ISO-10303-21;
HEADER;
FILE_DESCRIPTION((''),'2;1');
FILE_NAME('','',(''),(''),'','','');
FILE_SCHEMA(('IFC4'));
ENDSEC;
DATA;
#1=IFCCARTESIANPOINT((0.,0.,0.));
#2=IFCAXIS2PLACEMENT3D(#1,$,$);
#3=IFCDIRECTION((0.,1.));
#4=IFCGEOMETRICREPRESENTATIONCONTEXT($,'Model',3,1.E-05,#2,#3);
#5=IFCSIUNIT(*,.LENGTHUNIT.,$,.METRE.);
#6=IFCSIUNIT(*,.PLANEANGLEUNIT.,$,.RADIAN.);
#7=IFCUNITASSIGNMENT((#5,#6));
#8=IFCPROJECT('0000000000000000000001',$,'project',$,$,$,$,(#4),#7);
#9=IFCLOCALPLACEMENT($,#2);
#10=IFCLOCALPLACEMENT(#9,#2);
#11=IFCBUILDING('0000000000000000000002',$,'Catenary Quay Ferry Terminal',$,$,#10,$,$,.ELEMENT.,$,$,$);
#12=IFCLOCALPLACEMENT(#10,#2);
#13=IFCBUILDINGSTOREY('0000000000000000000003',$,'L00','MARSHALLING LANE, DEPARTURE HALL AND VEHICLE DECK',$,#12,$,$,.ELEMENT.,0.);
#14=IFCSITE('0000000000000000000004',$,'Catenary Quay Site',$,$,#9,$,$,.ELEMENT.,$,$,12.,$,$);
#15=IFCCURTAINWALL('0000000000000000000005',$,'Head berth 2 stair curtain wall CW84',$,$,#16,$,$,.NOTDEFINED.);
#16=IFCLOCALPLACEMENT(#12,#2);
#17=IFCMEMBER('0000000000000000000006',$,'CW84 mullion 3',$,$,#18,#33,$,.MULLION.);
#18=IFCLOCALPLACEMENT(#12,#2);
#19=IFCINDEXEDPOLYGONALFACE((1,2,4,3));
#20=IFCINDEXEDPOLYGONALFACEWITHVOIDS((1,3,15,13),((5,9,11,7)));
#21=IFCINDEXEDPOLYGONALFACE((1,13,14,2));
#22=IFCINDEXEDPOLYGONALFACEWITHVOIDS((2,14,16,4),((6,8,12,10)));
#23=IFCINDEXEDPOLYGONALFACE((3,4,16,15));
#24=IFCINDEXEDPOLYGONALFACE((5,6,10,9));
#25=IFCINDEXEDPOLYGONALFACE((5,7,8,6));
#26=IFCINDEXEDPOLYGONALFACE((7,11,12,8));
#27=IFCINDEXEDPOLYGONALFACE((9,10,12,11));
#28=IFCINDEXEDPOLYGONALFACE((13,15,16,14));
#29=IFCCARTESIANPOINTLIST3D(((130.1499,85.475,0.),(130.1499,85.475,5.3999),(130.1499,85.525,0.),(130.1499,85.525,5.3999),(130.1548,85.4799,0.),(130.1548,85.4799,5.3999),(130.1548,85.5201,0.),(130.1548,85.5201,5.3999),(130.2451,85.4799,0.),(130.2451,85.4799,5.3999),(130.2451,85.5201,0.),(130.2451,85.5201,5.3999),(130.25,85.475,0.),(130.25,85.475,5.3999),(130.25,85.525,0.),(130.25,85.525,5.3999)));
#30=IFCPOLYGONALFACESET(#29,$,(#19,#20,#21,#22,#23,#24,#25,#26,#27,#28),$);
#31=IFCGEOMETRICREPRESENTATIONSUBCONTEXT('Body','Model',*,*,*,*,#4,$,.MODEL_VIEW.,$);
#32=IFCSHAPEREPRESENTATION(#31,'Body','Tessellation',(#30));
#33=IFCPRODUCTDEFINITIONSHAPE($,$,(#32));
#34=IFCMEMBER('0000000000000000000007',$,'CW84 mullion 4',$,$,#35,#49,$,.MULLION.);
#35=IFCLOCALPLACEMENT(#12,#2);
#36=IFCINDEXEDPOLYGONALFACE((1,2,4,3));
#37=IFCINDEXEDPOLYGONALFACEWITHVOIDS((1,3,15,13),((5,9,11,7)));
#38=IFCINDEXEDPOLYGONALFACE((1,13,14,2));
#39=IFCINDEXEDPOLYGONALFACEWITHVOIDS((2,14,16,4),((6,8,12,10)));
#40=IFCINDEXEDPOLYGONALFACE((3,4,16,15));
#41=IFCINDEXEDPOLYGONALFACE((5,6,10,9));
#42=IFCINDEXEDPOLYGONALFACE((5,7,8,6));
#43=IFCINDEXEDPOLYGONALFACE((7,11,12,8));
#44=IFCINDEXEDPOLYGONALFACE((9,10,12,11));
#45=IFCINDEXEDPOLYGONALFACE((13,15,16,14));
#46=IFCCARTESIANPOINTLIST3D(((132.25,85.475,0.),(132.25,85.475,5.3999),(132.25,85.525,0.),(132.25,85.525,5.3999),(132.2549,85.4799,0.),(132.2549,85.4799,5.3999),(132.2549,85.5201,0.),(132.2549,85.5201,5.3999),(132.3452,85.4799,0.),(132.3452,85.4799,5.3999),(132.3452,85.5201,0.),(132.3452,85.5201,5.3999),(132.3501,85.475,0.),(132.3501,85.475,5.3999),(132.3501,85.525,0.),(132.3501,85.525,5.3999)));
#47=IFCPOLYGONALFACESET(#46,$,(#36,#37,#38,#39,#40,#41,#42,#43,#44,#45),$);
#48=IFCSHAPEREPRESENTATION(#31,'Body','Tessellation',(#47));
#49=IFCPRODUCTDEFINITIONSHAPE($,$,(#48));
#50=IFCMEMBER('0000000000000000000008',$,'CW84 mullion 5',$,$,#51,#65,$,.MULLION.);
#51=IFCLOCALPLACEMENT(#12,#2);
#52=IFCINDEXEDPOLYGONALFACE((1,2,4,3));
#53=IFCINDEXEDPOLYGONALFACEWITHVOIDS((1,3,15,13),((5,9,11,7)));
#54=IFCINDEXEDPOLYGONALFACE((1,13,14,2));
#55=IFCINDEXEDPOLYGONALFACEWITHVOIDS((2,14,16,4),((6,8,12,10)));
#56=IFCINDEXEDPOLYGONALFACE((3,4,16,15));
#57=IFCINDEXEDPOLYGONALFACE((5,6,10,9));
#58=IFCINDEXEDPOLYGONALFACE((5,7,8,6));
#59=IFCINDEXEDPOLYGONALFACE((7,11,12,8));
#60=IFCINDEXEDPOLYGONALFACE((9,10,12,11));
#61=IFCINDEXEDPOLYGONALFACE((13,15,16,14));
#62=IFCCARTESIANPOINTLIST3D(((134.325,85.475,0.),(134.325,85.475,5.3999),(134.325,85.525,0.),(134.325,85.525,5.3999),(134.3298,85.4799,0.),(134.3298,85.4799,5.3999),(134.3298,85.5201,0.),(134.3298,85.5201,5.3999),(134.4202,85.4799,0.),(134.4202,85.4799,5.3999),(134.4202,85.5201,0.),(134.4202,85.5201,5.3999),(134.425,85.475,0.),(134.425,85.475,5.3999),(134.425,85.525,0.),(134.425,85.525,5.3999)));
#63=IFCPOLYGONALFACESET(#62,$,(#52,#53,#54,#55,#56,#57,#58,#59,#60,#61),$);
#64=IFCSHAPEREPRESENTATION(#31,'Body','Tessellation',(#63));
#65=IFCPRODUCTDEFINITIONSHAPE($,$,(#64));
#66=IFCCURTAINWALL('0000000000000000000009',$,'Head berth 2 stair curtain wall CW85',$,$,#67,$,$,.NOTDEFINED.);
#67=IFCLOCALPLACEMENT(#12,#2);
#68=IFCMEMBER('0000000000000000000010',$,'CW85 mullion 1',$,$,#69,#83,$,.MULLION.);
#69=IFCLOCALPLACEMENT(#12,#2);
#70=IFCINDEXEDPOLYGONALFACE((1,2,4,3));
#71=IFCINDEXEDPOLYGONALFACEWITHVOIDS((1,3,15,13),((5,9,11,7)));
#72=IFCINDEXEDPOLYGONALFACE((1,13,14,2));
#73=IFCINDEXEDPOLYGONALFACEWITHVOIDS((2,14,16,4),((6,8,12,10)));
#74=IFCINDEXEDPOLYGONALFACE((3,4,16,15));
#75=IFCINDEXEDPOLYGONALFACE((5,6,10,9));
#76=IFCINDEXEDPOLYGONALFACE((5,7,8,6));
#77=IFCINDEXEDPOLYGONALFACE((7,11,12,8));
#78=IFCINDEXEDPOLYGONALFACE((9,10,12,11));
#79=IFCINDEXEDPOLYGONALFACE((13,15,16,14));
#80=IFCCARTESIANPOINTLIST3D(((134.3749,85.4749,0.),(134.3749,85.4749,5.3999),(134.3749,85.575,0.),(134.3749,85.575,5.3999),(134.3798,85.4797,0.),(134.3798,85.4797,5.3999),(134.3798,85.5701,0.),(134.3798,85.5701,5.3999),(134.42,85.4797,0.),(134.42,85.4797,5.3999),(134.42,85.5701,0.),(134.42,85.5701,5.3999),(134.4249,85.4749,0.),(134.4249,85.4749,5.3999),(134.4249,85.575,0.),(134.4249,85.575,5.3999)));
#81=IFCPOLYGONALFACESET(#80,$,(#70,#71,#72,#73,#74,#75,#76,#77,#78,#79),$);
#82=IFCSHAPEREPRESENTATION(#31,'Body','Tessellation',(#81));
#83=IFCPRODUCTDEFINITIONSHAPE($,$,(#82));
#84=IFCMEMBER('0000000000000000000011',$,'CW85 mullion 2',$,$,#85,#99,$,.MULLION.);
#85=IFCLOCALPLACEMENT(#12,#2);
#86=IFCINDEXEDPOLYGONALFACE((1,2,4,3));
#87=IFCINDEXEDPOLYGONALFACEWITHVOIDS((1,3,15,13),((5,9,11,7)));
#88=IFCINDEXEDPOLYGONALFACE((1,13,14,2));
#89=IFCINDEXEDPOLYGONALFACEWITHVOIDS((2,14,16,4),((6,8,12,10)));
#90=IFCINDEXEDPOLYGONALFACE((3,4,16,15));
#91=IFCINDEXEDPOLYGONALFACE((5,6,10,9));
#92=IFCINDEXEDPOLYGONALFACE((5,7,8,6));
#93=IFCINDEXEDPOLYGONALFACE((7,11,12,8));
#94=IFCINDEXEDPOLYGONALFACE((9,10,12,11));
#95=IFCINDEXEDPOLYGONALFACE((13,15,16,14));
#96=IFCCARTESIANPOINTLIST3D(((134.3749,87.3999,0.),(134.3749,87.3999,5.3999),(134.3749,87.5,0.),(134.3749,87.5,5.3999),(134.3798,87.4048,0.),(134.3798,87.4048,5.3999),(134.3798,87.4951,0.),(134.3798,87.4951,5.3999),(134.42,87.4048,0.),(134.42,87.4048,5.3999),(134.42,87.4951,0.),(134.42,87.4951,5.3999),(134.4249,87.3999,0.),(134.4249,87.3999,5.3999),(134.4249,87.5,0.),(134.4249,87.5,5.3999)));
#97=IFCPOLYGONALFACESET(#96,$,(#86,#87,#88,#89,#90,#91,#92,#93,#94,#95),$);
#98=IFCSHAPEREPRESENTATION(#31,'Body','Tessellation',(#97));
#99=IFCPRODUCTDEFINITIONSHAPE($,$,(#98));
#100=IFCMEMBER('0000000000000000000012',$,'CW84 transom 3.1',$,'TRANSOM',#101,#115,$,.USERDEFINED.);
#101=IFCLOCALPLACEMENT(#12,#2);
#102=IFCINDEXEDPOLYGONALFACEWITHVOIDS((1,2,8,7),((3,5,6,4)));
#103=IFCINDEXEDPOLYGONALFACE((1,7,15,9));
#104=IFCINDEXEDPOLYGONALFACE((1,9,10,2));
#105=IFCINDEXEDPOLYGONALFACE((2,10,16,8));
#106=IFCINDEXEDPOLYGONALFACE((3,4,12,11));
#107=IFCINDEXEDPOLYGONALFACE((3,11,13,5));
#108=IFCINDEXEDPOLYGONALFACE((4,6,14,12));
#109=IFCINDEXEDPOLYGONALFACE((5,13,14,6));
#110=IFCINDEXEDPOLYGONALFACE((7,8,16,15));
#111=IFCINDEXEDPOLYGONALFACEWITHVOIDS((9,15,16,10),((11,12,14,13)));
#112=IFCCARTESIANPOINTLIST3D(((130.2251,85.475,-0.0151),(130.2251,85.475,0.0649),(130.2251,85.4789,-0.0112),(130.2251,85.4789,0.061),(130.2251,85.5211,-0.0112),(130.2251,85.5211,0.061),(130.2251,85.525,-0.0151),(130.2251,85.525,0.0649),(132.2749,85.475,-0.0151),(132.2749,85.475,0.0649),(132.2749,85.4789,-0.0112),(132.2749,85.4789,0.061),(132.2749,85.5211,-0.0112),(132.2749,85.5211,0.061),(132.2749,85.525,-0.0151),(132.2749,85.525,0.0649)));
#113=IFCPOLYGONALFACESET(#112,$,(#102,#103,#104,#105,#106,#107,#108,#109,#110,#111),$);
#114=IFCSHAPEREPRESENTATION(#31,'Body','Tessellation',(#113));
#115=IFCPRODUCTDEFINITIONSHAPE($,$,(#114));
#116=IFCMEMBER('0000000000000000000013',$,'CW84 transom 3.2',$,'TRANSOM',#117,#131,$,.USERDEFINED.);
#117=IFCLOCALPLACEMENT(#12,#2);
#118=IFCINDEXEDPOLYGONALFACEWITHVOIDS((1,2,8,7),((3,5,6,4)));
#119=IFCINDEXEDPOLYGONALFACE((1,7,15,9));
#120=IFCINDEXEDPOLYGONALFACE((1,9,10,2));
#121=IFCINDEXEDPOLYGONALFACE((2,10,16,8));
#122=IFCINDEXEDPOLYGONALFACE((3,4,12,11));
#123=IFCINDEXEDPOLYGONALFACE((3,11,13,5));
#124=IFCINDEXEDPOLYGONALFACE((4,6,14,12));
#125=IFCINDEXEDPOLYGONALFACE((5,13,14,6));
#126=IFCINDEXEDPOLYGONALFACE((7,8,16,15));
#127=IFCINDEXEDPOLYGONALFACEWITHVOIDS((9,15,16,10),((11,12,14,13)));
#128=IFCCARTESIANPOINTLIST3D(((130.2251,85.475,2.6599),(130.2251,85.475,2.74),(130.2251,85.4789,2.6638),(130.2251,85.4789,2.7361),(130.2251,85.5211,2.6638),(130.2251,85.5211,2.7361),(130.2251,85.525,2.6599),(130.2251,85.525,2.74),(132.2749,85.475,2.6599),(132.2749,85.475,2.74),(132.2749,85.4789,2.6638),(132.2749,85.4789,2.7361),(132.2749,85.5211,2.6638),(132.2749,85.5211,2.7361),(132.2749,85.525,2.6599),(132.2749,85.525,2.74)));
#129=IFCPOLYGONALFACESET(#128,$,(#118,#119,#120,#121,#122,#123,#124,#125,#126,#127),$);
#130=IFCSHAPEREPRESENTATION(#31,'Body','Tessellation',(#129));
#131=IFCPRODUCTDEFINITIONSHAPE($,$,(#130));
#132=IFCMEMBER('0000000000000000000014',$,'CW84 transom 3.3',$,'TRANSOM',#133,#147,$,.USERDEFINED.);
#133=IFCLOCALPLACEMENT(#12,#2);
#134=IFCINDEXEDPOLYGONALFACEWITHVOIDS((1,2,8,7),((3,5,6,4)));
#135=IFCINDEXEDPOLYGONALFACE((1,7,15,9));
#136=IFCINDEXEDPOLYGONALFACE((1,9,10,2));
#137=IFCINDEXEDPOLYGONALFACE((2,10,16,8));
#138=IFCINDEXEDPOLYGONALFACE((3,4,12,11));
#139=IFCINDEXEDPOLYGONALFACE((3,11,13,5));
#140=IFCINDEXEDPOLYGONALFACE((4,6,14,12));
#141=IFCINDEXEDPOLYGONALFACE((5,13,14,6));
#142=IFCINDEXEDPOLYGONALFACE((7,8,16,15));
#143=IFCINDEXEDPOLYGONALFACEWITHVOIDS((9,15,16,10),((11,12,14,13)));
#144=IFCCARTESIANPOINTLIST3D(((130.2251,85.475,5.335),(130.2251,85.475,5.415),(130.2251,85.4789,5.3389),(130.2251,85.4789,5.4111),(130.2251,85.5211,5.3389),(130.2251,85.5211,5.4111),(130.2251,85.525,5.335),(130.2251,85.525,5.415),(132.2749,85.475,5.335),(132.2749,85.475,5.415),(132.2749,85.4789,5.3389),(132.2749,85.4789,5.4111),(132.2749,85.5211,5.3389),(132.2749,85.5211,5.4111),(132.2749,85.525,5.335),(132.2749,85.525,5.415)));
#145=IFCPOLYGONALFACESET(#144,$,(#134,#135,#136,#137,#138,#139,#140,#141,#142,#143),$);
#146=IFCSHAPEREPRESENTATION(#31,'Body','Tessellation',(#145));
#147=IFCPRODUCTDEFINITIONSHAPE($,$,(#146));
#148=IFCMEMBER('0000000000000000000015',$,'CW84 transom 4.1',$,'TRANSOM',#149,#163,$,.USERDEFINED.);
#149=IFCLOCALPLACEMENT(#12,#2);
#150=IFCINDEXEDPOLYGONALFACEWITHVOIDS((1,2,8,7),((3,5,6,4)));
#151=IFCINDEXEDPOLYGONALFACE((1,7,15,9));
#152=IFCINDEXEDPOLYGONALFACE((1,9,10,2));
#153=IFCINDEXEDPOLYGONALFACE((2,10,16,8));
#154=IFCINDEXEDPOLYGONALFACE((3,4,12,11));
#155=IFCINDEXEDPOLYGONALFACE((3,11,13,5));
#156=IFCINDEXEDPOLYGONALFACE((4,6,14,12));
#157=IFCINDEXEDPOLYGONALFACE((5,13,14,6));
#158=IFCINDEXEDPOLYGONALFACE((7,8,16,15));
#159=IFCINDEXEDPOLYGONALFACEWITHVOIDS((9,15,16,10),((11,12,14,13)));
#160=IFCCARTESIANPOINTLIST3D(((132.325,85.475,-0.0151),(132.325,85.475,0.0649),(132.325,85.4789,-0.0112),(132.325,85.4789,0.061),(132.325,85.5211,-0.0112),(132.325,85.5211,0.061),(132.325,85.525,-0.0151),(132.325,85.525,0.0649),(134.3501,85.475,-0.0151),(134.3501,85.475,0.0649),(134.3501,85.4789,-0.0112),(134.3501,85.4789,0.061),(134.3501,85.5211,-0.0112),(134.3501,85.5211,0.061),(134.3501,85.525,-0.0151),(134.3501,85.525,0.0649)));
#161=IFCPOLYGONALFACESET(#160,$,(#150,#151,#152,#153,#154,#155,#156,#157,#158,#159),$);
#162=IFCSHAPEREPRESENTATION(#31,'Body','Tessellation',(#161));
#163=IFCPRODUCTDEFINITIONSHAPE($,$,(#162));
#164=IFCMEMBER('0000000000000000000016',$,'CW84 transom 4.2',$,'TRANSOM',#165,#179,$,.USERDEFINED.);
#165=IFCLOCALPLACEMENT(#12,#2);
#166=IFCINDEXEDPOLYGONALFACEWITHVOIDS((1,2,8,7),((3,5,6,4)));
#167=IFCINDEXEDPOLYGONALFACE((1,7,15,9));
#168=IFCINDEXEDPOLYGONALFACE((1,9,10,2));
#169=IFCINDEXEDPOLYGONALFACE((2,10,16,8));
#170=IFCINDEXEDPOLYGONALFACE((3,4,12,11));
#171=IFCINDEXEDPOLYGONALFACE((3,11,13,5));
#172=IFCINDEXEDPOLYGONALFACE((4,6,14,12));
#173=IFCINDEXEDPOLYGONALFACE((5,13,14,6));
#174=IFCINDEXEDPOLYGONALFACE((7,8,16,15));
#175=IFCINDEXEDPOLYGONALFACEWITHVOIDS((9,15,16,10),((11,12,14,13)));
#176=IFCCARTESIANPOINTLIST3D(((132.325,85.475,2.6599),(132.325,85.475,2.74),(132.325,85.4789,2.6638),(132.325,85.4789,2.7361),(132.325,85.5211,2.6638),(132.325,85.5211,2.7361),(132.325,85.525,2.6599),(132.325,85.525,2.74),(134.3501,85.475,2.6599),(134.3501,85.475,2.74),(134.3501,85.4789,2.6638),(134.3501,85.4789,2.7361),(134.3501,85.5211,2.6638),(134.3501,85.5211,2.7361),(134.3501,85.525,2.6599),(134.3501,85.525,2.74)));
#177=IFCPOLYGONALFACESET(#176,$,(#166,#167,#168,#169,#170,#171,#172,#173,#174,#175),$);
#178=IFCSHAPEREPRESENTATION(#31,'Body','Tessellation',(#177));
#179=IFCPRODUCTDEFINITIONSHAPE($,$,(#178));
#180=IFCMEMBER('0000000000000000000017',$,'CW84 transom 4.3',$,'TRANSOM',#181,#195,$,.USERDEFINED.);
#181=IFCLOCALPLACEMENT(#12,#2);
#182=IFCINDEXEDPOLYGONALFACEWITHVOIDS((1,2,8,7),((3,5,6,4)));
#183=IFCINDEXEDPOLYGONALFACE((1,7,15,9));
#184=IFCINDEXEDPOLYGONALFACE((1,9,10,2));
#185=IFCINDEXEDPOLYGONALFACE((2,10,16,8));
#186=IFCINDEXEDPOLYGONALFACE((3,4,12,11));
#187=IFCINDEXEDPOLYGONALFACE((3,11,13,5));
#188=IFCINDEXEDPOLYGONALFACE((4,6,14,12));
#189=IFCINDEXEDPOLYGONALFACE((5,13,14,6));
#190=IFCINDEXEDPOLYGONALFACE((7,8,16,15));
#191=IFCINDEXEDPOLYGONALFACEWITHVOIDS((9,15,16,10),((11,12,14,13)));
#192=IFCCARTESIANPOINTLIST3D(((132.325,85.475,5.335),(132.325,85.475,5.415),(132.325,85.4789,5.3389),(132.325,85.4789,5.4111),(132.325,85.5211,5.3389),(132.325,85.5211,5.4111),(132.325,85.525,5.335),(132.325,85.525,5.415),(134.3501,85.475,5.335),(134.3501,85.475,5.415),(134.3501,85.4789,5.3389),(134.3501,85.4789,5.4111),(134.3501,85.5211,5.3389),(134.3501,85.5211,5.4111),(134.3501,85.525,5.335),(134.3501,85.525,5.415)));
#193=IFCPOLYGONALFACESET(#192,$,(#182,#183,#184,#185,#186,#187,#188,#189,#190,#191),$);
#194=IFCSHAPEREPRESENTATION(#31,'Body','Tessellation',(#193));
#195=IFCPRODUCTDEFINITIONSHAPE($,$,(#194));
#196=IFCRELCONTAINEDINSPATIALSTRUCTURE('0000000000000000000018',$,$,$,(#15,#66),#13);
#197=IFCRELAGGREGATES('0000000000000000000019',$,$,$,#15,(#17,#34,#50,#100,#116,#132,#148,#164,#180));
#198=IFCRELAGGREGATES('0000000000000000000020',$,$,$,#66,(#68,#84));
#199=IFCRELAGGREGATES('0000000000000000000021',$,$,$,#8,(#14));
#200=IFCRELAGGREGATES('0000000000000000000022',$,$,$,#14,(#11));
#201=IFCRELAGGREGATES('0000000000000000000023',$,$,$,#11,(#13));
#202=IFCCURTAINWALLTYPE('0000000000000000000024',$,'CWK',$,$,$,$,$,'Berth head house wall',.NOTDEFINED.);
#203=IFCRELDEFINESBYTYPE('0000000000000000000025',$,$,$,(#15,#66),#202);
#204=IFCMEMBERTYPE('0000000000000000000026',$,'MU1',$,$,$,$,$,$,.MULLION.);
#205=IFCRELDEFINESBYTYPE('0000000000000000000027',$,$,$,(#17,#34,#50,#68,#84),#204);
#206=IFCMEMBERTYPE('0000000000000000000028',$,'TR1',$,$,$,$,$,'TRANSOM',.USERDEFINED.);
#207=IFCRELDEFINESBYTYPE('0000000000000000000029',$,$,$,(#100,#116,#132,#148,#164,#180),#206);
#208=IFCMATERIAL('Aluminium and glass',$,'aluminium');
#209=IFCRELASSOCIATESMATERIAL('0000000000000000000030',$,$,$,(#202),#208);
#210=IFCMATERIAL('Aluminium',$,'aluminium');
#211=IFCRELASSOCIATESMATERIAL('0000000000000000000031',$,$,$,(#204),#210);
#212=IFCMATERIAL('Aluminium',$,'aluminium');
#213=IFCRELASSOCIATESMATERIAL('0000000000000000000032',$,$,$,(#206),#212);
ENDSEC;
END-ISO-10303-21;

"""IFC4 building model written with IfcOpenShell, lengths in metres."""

from ifc_helpers import new_model, si_unit, direction, frame, origin, origin_2d, place, context, subcontext, project, spatial, hollow_rectangle, extrude, material, material_profile, profile_set, type_object, element, aggregate, save


model = new_model("IFC4")

# Units and contexts
model_context = context("Model", 3, precision=1e-05, world=origin(), true_north=direction((0.0, 1.0)))
body_context = subcontext(model_context, "Body", "Model", "MODEL_VIEW")
ifc_project = project(units=[si_unit("LENGTHUNIT", "METRE"), si_unit("PLANEANGLEUNIT", "RADIAN")], contexts=[model_context])

# Site, building, storey
site_placement = place(None, origin())
site = spatial("IfcSite", under=ifc_project, at=site_placement, Name="Catenary Quay Site", CompositionType="ELEMENT", RefElevation=12.0)
building_placement = place(site_placement, origin())
building = spatial("IfcBuilding", under=site, at=building_placement, Name="Catenary Quay Ferry Terminal", CompositionType="ELEMENT")
storey_placement = place(building_placement, origin())
storey = spatial("IfcBuildingStorey", under=building, at=storey_placement, Name="L00", Description="MARSHALLING LANE, DEPARTURE HALL AND VEHICLE DECK", CompositionType="ELEMENT", Elevation=0.0)

# Curtain walls, members
ifc_material_1 = material(Name="Aluminium and glass", Category="aluminium")
curtain_wall_type = type_object("IfcCurtainWallType", Name="CWK", ElementType="Berth head house wall", PredefinedType="NOTDEFINED", material=ifc_material_1)
curtain_wall_1_placement = place(storey_placement, origin())
curtain_wall_1 = element("IfcCurtainWall", 1, at=curtain_wall_1_placement, inside=storey, type_object=curtain_wall_type, Name="Head berth 2 stair curtain wall CW84", PredefinedType="NOTDEFINED")
ifc_material_2 = material(Name="Aluminium", Category="aluminium")
ifc_material_profile_1 = material_profile(ifc_material_2, hollow_rectangle(XDim=0.05, YDim=0.1001, WallThickness=0.0049, at=origin_2d()), Name="MU1")
ifc_profile_set_1 = profile_set([ifc_material_profile_1], Name="Aluminium")
member_type_1 = type_object("IfcMemberType", Name="MU1", PredefinedType="MULLION", material=ifc_profile_set_1)
member_1_placement = place(storey_placement, frame((130.2, 85.5, 0.0), z_axis=(0.0, 0.0, 1.0), x_axis=(0.0, 1.0, 0.0)))
member_1 = element("IfcMember", 2, at=member_1_placement, type_object=member_type_1, Name="CW84 mullion 3", PredefinedType="MULLION", context=body_context, shape_type="SweptSolid", body=[
    extrude(hollow_rectangle(XDim=0.05, YDim=0.1001, WallThickness=0.0049, at=origin_2d()), origin(), (0.0, 0.0, 1.0), 5.3999),
])
member_2_placement = place(storey_placement, frame((132.3, 85.5, 0.0), z_axis=(0.0, 0.0, 1.0), x_axis=(0.0, 1.0, 0.0)))
member_2 = element("IfcMember", 3, at=member_2_placement, type_object=member_type_1, Name="CW84 mullion 4", PredefinedType="MULLION", context=body_context, shape_type="SweptSolid", body=[
    extrude(hollow_rectangle(XDim=0.05, YDim=0.1001, WallThickness=0.0049, at=origin_2d()), origin(), (0.0, 0.0, 1.0), 5.3999),
])
member_3_placement = place(storey_placement, frame((134.375, 85.5, 0.0), z_axis=(0.0, 0.0, 1.0), x_axis=(0.0, 1.0, 0.0)))
member_3 = element("IfcMember", 4, at=member_3_placement, type_object=member_type_1, Name="CW84 mullion 5", PredefinedType="MULLION", context=body_context, shape_type="SweptSolid", body=[
    extrude(hollow_rectangle(XDim=0.05, YDim=0.1001, WallThickness=0.0049, at=origin_2d()), origin(), (0.0, 0.0, 1.0), 5.3999),
])
curtain_wall_2_placement = place(storey_placement, origin())
curtain_wall_2 = element("IfcCurtainWall", 5, at=curtain_wall_2_placement, inside=storey, type_object=curtain_wall_type, Name="Head berth 2 stair curtain wall CW85", PredefinedType="NOTDEFINED")
member_4_placement = place(storey_placement, frame((134.3999, 85.5249, 0.0), z_axis=(0.0, 0.0, 1.0), x_axis=(-1.0, 0.0, 0.0)))
member_4 = element("IfcMember", 6, at=member_4_placement, type_object=member_type_1, Name="CW85 mullion 1", PredefinedType="MULLION", context=body_context, shape_type="SweptSolid", body=[
    extrude(hollow_rectangle(XDim=0.05, YDim=0.1001, WallThickness=0.0049, at=origin_2d()), origin(), (0.0, 0.0, 1.0), 5.3999),
])
member_5_placement = place(storey_placement, frame((134.3999, 87.45, 0.0), z_axis=(0.0, 0.0, 1.0), x_axis=(-1.0, 0.0, 0.0)))
member_5 = element("IfcMember", 7, at=member_5_placement, type_object=member_type_1, Name="CW85 mullion 2", PredefinedType="MULLION", context=body_context, shape_type="SweptSolid", body=[
    extrude(hollow_rectangle(XDim=0.05, YDim=0.1001, WallThickness=0.0049, at=origin_2d()), origin(), (0.0, 0.0, 1.0), 5.3999),
])

# Members
ifc_material_3 = material(Name="Aluminium", Category="aluminium")
ifc_material_profile_2 = material_profile(ifc_material_3, hollow_rectangle(XDim=0.05, YDim=0.0801, WallThickness=0.0039, at=origin_2d()), Name="TR1")
ifc_profile_set_2 = profile_set([ifc_material_profile_2], Name="Aluminium")
member_type_2 = type_object("IfcMemberType", Name="TR1", ElementType="TRANSOM", PredefinedType="USERDEFINED", material=ifc_profile_set_2)
member_6_placement = place(storey_placement, frame((130.2251, 85.5, 0.0249), z_axis=(1.0, 0.0, 0.0), x_axis=(0.0, 1.0, 0.0)))
member_6 = element("IfcMember", 8, at=member_6_placement, type_object=member_type_2, Name="CW84 transom 3.1", ObjectType="TRANSOM", PredefinedType="USERDEFINED", context=body_context, shape_type="SweptSolid", body=[
    extrude(hollow_rectangle(XDim=0.05, YDim=0.0801, WallThickness=0.0039, at=origin_2d()), origin(), (0.0, 0.0, 1.0), 2.0498),
])
member_7_placement = place(storey_placement, frame((130.2251, 85.5, 2.7), z_axis=(1.0, 0.0, 0.0), x_axis=(0.0, 1.0, 0.0)))
member_7 = element("IfcMember", 9, at=member_7_placement, type_object=member_type_2, Name="CW84 transom 3.2", ObjectType="TRANSOM", PredefinedType="USERDEFINED", context=body_context, shape_type="SweptSolid", body=[
    extrude(hollow_rectangle(XDim=0.05, YDim=0.0801, WallThickness=0.0039, at=origin_2d()), origin(), (0.0, 0.0, 1.0), 2.0498),
])
member_8_placement = place(storey_placement, frame((130.2251, 85.5, 5.375), z_axis=(1.0, 0.0, 0.0), x_axis=(0.0, 1.0, 0.0)))
member_8 = element("IfcMember", 10, at=member_8_placement, type_object=member_type_2, Name="CW84 transom 3.3", ObjectType="TRANSOM", PredefinedType="USERDEFINED", context=body_context, shape_type="SweptSolid", body=[
    extrude(hollow_rectangle(XDim=0.05, YDim=0.0801, WallThickness=0.0039, at=origin_2d()), origin(), (0.0, 0.0, 1.0), 2.0498),
])
member_9_placement = place(storey_placement, frame((132.325, 85.5, 0.0249), z_axis=(1.0, 0.0, 0.0), x_axis=(0.0, 1.0, 0.0)))
member_9 = element("IfcMember", 11, at=member_9_placement, type_object=member_type_2, Name="CW84 transom 4.1", ObjectType="TRANSOM", PredefinedType="USERDEFINED", context=body_context, shape_type="SweptSolid", body=[
    extrude(hollow_rectangle(XDim=0.05, YDim=0.0801, WallThickness=0.0039, at=origin_2d()), origin(), (0.0, 0.0, 1.0), 2.0251),
])
member_10_placement = place(storey_placement, frame((132.325, 85.5, 2.7), z_axis=(1.0, 0.0, 0.0), x_axis=(0.0, 1.0, 0.0)))
member_10 = element("IfcMember", 12, at=member_10_placement, type_object=member_type_2, Name="CW84 transom 4.2", ObjectType="TRANSOM", PredefinedType="USERDEFINED", context=body_context, shape_type="SweptSolid", body=[
    extrude(hollow_rectangle(XDim=0.05, YDim=0.0801, WallThickness=0.0039, at=origin_2d()), origin(), (0.0, 0.0, 1.0), 2.0251),
])
member_11_placement = place(storey_placement, frame((132.325, 85.5, 5.375), z_axis=(1.0, 0.0, 0.0), x_axis=(0.0, 1.0, 0.0)))
member_11 = element("IfcMember", 13, at=member_11_placement, type_object=member_type_2, Name="CW84 transom 4.3", ObjectType="TRANSOM", PredefinedType="USERDEFINED", context=body_context, shape_type="SweptSolid", body=[
    extrude(hollow_rectangle(XDim=0.05, YDim=0.0801, WallThickness=0.0039, at=origin_2d()), origin(), (0.0, 0.0, 1.0), 2.0251),
])

aggregate(curtain_wall_1, [member_1, member_2, member_3, member_6, member_7, member_8, member_9, member_10, member_11])
aggregate(curtain_wall_2, [member_4, member_5])

save(model, "model.ifc")
